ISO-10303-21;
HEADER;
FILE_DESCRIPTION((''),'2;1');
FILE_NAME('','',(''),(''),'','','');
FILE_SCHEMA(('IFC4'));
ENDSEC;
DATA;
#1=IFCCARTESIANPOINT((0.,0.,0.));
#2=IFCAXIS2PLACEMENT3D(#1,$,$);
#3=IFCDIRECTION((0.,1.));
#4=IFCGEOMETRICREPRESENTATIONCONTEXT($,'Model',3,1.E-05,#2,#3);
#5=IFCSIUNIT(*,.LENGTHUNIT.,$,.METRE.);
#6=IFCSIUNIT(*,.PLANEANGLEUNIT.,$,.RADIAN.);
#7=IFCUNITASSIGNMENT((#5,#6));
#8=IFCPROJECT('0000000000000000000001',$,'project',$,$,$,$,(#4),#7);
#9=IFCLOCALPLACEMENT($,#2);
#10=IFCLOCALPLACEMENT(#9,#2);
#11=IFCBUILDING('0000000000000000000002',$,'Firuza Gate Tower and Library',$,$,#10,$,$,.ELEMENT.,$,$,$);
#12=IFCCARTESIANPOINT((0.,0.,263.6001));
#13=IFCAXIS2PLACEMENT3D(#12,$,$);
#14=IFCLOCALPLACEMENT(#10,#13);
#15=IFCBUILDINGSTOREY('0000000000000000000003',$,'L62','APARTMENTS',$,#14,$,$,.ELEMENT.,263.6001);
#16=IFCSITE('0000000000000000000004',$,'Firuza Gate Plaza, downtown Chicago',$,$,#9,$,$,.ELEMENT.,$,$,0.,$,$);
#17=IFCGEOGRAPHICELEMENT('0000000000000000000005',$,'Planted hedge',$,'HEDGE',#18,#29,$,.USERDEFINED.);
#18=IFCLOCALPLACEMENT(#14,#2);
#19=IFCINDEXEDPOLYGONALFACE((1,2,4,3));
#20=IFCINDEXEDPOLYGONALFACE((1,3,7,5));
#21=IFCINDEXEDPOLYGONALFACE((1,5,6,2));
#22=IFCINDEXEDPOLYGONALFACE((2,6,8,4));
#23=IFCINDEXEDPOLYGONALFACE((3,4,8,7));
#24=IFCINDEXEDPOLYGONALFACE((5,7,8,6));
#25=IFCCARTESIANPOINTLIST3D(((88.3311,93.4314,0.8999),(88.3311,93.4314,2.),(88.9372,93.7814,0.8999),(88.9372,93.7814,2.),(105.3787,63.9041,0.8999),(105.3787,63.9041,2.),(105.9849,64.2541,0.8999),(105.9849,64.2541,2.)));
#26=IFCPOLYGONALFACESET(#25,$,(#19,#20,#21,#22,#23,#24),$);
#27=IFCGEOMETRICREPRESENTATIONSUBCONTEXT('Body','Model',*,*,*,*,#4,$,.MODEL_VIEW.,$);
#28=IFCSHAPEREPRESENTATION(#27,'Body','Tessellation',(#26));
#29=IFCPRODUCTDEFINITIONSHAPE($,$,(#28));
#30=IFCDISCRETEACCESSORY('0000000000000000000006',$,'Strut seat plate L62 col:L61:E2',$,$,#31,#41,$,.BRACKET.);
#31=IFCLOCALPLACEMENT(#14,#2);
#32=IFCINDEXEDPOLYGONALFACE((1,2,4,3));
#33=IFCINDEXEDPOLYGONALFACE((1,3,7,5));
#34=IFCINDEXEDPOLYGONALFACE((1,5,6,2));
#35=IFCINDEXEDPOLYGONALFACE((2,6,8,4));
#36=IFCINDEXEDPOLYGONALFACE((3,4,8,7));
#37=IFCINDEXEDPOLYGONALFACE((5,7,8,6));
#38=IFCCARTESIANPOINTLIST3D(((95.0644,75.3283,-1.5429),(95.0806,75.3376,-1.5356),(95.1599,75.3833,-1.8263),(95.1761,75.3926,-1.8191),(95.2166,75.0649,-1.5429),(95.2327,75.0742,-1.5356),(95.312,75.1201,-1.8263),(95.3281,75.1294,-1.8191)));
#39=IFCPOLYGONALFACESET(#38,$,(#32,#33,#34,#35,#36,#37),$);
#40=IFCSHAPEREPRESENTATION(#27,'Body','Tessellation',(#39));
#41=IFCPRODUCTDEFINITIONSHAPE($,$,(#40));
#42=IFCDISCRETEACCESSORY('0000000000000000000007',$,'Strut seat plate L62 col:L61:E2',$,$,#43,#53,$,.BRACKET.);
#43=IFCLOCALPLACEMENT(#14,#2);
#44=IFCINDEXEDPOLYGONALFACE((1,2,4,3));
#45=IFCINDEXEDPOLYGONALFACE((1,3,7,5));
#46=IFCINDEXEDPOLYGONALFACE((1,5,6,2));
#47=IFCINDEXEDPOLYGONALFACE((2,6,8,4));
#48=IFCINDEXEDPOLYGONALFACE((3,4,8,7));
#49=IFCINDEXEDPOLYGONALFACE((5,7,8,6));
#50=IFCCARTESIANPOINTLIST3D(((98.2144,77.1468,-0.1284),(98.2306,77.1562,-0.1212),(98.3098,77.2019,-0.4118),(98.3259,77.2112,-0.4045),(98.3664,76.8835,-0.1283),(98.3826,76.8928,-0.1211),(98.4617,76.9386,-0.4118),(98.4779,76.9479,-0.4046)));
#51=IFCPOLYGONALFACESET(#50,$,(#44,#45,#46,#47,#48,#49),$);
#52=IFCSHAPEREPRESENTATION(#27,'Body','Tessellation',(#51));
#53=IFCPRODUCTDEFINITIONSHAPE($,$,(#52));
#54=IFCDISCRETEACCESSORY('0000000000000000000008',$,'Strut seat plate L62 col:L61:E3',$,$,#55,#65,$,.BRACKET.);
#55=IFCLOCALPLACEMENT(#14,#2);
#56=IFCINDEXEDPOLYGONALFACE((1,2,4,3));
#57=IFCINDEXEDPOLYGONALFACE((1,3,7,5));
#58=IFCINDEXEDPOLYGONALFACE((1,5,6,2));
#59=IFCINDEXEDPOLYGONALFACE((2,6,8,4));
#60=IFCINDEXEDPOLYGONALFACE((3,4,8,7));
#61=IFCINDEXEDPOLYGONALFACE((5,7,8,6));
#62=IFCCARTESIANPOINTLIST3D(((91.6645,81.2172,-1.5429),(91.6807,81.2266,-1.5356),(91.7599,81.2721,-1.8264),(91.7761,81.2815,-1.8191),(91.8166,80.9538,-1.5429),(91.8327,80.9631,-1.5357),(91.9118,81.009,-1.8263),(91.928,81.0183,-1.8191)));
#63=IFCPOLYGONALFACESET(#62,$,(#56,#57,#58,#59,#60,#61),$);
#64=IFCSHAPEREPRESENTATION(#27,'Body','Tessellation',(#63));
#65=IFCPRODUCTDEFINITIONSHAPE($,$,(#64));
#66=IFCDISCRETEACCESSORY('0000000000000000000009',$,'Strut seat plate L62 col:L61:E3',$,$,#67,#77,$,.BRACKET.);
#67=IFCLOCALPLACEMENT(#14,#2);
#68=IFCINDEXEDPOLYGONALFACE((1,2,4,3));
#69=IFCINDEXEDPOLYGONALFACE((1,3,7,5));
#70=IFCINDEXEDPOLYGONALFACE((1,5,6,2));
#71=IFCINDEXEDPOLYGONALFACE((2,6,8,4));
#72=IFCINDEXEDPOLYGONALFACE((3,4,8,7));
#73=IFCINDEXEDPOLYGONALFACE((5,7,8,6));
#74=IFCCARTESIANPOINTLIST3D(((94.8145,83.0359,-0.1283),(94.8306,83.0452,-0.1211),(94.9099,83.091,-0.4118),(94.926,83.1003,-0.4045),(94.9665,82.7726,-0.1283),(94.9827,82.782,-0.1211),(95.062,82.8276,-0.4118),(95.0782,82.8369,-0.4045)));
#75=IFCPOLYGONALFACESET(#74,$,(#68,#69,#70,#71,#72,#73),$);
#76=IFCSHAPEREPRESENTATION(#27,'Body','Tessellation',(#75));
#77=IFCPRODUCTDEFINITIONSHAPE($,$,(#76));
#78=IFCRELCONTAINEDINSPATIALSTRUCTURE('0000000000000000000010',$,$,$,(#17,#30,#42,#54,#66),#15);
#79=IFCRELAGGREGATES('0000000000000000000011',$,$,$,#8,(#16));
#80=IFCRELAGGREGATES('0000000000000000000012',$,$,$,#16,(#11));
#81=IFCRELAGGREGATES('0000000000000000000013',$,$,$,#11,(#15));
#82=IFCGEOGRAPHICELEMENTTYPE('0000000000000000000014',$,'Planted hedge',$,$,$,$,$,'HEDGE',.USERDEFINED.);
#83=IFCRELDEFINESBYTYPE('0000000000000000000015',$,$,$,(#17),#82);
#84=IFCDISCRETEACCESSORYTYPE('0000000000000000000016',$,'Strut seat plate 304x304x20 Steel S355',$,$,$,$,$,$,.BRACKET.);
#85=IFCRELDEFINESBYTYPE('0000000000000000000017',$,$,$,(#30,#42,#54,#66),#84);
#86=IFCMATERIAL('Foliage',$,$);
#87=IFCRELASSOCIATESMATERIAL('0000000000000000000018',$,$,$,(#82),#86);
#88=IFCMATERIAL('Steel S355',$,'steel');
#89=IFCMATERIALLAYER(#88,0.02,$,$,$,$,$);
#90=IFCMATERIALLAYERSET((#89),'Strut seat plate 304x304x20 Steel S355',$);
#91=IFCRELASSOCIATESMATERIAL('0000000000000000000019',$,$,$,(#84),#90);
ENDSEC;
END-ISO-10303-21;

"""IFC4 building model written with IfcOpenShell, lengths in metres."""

from ifc_helpers import new_model, si_unit, direction, frame, origin, origin_2d, place, context, subcontext, project, spatial, polyline, rectangle, outline, extrude, material, layer, layer_set, type_object, element, save


model = new_model("IFC4")

# Units and contexts
model_context = context("Model", 3, precision=1e-05, world=origin(), true_north=direction((0.0, 1.0)))
body_context = subcontext(model_context, "Body", "Model", "MODEL_VIEW")
ifc_project = project(units=[si_unit("LENGTHUNIT", "METRE"), si_unit("PLANEANGLEUNIT", "RADIAN")], contexts=[model_context])

# Site, building, storey
site_placement = place(None, origin())
site = spatial("IfcSite", under=ifc_project, at=site_placement, Name="Firuza Gate Plaza, downtown Chicago", CompositionType="ELEMENT", RefElevation=0.0)
building_placement = place(site_placement, origin())
building = spatial("IfcBuilding", under=site, at=building_placement, Name="Firuza Gate Tower and Library", CompositionType="ELEMENT")
storey_placement = place(building_placement, frame((0.0, 0.0, 263.6001)))
storey = spatial("IfcBuildingStorey", under=building, at=storey_placement, Name="L62", Description="APARTMENTS", CompositionType="ELEMENT", Elevation=263.6001)

# Geographic element
ifc_material_1 = material(Name="Foliage")
geographic_element_type = type_object("IfcGeographicElementType", Name="Planted hedge", ElementType="HEDGE", PredefinedType="USERDEFINED", material=ifc_material_1)
geographic_element_placement = place(storey_placement, frame((97.158, 78.8428, 0.8999), z_axis=(0.0, 0.0, 1.0), x_axis=(-0.5, 0.866025, 0.0)))
element("IfcGeographicElement", 1, at=geographic_element_placement, inside=storey, type_object=geographic_element_type, Name="Planted hedge", ObjectType="HEDGE", PredefinedType="USERDEFINED", context=body_context, shape_type="SweptSolid", body=[
    extrude(rectangle(XDim=34.0952, YDim=0.7, at=origin_2d()), origin(), (0.0, 0.0, 1.0), 1.1001),
])

# Discrete accessories
ifc_material_2 = material(Name="Steel S355", Category="steel")
ifc_layer_1 = layer(ifc_material_2, 0.02)
ifc_layer_set_1 = layer_set([ifc_layer_1], Name="Strut seat plate 304x304x20 Steel S355")
discrete_accessory_type = type_object("IfcDiscreteAccessoryType", Name="Strut seat plate 304x304x20 Steel S355", PredefinedType="BRACKET", material=ifc_layer_set_1)
discrete_accessory_1_placement = place(storey_placement, frame((95.0806, 75.3376, -1.5356), z_axis=(0.807065, 0.466204, 0.362353), x_axis=(0.500175, -0.865925, 0.000068)))
element("IfcDiscreteAccessory", 2, at=discrete_accessory_1_placement, inside=storey, type_object=discrete_accessory_type, Name="Strut seat plate L62 col:L61:E2", PredefinedType="BRACKET", context=body_context, shape_type="SweptSolid", body=[
    extrude(outline(polyline([(0.0, 0.0), (0.3042, 0.0), (0.3041, 0.3041), (0.0002, 0.3041), (0.0, 0.0)])), origin(), (0.0, 0.0, -1.0), 0.02),
])
discrete_accessory_2_placement = place(storey_placement, frame((98.3826, 76.8928, -0.1211), z_axis=(0.807329, 0.465982, 0.362051), x_axis=(-0.499834, 0.866121, -0.000185)))
element("IfcDiscreteAccessory", 3, at=discrete_accessory_2_placement, inside=storey, type_object=discrete_accessory_type, Name="Strut seat plate L62 col:L61:E2", PredefinedType="BRACKET", context=body_context, shape_type="SweptSolid", body=[
    extrude(outline(polyline([(0.0, 0.0), (0.3041, 0.0), (0.3041, -0.304), (0.0001, -0.3041), (0.0, 0.0)])), origin(), (0.0, 0.0, -1.0), 0.02),
])
discrete_accessory_3_placement = place(storey_placement, frame((91.6807, 81.2266, -1.5356), z_axis=(0.807329, 0.465982, 0.362051), x_axis=(0.499913, -0.866076, -0.00005)))
element("IfcDiscreteAccessory", 4, at=discrete_accessory_3_placement, inside=storey, type_object=discrete_accessory_type, Name="Strut seat plate L62 col:L61:E3", PredefinedType="BRACKET", context=body_context, shape_type="SweptSolid", body=[
    extrude(outline(polyline([(0.0, 0.0), (0.3042, 0.0), (0.304, 0.3041), (0.0002, 0.3041), (0.0, 0.0)])), origin(), (0.0, 0.0, -1.0), 0.02),
])
discrete_accessory_4_placement = place(storey_placement, frame((94.9827, 82.782, -0.1211), z_axis=(0.807065, 0.466204, 0.362353), x_axis=(-0.50022, 0.865898, 0.000068)))
element("IfcDiscreteAccessory", 5, at=discrete_accessory_4_placement, inside=storey, type_object=discrete_accessory_type, Name="Strut seat plate L62 col:L61:E3", PredefinedType="BRACKET", context=body_context, shape_type="SweptSolid", body=[
    extrude(outline(polyline([(0.0, 0.0), (0.304, 0.0), (0.304, -0.3041), (-0.0002, -0.3041), (0.0, 0.0)])), origin(), (0.0, 0.0, -1.0), 0.02),
])

save(model, "model.ifc")
